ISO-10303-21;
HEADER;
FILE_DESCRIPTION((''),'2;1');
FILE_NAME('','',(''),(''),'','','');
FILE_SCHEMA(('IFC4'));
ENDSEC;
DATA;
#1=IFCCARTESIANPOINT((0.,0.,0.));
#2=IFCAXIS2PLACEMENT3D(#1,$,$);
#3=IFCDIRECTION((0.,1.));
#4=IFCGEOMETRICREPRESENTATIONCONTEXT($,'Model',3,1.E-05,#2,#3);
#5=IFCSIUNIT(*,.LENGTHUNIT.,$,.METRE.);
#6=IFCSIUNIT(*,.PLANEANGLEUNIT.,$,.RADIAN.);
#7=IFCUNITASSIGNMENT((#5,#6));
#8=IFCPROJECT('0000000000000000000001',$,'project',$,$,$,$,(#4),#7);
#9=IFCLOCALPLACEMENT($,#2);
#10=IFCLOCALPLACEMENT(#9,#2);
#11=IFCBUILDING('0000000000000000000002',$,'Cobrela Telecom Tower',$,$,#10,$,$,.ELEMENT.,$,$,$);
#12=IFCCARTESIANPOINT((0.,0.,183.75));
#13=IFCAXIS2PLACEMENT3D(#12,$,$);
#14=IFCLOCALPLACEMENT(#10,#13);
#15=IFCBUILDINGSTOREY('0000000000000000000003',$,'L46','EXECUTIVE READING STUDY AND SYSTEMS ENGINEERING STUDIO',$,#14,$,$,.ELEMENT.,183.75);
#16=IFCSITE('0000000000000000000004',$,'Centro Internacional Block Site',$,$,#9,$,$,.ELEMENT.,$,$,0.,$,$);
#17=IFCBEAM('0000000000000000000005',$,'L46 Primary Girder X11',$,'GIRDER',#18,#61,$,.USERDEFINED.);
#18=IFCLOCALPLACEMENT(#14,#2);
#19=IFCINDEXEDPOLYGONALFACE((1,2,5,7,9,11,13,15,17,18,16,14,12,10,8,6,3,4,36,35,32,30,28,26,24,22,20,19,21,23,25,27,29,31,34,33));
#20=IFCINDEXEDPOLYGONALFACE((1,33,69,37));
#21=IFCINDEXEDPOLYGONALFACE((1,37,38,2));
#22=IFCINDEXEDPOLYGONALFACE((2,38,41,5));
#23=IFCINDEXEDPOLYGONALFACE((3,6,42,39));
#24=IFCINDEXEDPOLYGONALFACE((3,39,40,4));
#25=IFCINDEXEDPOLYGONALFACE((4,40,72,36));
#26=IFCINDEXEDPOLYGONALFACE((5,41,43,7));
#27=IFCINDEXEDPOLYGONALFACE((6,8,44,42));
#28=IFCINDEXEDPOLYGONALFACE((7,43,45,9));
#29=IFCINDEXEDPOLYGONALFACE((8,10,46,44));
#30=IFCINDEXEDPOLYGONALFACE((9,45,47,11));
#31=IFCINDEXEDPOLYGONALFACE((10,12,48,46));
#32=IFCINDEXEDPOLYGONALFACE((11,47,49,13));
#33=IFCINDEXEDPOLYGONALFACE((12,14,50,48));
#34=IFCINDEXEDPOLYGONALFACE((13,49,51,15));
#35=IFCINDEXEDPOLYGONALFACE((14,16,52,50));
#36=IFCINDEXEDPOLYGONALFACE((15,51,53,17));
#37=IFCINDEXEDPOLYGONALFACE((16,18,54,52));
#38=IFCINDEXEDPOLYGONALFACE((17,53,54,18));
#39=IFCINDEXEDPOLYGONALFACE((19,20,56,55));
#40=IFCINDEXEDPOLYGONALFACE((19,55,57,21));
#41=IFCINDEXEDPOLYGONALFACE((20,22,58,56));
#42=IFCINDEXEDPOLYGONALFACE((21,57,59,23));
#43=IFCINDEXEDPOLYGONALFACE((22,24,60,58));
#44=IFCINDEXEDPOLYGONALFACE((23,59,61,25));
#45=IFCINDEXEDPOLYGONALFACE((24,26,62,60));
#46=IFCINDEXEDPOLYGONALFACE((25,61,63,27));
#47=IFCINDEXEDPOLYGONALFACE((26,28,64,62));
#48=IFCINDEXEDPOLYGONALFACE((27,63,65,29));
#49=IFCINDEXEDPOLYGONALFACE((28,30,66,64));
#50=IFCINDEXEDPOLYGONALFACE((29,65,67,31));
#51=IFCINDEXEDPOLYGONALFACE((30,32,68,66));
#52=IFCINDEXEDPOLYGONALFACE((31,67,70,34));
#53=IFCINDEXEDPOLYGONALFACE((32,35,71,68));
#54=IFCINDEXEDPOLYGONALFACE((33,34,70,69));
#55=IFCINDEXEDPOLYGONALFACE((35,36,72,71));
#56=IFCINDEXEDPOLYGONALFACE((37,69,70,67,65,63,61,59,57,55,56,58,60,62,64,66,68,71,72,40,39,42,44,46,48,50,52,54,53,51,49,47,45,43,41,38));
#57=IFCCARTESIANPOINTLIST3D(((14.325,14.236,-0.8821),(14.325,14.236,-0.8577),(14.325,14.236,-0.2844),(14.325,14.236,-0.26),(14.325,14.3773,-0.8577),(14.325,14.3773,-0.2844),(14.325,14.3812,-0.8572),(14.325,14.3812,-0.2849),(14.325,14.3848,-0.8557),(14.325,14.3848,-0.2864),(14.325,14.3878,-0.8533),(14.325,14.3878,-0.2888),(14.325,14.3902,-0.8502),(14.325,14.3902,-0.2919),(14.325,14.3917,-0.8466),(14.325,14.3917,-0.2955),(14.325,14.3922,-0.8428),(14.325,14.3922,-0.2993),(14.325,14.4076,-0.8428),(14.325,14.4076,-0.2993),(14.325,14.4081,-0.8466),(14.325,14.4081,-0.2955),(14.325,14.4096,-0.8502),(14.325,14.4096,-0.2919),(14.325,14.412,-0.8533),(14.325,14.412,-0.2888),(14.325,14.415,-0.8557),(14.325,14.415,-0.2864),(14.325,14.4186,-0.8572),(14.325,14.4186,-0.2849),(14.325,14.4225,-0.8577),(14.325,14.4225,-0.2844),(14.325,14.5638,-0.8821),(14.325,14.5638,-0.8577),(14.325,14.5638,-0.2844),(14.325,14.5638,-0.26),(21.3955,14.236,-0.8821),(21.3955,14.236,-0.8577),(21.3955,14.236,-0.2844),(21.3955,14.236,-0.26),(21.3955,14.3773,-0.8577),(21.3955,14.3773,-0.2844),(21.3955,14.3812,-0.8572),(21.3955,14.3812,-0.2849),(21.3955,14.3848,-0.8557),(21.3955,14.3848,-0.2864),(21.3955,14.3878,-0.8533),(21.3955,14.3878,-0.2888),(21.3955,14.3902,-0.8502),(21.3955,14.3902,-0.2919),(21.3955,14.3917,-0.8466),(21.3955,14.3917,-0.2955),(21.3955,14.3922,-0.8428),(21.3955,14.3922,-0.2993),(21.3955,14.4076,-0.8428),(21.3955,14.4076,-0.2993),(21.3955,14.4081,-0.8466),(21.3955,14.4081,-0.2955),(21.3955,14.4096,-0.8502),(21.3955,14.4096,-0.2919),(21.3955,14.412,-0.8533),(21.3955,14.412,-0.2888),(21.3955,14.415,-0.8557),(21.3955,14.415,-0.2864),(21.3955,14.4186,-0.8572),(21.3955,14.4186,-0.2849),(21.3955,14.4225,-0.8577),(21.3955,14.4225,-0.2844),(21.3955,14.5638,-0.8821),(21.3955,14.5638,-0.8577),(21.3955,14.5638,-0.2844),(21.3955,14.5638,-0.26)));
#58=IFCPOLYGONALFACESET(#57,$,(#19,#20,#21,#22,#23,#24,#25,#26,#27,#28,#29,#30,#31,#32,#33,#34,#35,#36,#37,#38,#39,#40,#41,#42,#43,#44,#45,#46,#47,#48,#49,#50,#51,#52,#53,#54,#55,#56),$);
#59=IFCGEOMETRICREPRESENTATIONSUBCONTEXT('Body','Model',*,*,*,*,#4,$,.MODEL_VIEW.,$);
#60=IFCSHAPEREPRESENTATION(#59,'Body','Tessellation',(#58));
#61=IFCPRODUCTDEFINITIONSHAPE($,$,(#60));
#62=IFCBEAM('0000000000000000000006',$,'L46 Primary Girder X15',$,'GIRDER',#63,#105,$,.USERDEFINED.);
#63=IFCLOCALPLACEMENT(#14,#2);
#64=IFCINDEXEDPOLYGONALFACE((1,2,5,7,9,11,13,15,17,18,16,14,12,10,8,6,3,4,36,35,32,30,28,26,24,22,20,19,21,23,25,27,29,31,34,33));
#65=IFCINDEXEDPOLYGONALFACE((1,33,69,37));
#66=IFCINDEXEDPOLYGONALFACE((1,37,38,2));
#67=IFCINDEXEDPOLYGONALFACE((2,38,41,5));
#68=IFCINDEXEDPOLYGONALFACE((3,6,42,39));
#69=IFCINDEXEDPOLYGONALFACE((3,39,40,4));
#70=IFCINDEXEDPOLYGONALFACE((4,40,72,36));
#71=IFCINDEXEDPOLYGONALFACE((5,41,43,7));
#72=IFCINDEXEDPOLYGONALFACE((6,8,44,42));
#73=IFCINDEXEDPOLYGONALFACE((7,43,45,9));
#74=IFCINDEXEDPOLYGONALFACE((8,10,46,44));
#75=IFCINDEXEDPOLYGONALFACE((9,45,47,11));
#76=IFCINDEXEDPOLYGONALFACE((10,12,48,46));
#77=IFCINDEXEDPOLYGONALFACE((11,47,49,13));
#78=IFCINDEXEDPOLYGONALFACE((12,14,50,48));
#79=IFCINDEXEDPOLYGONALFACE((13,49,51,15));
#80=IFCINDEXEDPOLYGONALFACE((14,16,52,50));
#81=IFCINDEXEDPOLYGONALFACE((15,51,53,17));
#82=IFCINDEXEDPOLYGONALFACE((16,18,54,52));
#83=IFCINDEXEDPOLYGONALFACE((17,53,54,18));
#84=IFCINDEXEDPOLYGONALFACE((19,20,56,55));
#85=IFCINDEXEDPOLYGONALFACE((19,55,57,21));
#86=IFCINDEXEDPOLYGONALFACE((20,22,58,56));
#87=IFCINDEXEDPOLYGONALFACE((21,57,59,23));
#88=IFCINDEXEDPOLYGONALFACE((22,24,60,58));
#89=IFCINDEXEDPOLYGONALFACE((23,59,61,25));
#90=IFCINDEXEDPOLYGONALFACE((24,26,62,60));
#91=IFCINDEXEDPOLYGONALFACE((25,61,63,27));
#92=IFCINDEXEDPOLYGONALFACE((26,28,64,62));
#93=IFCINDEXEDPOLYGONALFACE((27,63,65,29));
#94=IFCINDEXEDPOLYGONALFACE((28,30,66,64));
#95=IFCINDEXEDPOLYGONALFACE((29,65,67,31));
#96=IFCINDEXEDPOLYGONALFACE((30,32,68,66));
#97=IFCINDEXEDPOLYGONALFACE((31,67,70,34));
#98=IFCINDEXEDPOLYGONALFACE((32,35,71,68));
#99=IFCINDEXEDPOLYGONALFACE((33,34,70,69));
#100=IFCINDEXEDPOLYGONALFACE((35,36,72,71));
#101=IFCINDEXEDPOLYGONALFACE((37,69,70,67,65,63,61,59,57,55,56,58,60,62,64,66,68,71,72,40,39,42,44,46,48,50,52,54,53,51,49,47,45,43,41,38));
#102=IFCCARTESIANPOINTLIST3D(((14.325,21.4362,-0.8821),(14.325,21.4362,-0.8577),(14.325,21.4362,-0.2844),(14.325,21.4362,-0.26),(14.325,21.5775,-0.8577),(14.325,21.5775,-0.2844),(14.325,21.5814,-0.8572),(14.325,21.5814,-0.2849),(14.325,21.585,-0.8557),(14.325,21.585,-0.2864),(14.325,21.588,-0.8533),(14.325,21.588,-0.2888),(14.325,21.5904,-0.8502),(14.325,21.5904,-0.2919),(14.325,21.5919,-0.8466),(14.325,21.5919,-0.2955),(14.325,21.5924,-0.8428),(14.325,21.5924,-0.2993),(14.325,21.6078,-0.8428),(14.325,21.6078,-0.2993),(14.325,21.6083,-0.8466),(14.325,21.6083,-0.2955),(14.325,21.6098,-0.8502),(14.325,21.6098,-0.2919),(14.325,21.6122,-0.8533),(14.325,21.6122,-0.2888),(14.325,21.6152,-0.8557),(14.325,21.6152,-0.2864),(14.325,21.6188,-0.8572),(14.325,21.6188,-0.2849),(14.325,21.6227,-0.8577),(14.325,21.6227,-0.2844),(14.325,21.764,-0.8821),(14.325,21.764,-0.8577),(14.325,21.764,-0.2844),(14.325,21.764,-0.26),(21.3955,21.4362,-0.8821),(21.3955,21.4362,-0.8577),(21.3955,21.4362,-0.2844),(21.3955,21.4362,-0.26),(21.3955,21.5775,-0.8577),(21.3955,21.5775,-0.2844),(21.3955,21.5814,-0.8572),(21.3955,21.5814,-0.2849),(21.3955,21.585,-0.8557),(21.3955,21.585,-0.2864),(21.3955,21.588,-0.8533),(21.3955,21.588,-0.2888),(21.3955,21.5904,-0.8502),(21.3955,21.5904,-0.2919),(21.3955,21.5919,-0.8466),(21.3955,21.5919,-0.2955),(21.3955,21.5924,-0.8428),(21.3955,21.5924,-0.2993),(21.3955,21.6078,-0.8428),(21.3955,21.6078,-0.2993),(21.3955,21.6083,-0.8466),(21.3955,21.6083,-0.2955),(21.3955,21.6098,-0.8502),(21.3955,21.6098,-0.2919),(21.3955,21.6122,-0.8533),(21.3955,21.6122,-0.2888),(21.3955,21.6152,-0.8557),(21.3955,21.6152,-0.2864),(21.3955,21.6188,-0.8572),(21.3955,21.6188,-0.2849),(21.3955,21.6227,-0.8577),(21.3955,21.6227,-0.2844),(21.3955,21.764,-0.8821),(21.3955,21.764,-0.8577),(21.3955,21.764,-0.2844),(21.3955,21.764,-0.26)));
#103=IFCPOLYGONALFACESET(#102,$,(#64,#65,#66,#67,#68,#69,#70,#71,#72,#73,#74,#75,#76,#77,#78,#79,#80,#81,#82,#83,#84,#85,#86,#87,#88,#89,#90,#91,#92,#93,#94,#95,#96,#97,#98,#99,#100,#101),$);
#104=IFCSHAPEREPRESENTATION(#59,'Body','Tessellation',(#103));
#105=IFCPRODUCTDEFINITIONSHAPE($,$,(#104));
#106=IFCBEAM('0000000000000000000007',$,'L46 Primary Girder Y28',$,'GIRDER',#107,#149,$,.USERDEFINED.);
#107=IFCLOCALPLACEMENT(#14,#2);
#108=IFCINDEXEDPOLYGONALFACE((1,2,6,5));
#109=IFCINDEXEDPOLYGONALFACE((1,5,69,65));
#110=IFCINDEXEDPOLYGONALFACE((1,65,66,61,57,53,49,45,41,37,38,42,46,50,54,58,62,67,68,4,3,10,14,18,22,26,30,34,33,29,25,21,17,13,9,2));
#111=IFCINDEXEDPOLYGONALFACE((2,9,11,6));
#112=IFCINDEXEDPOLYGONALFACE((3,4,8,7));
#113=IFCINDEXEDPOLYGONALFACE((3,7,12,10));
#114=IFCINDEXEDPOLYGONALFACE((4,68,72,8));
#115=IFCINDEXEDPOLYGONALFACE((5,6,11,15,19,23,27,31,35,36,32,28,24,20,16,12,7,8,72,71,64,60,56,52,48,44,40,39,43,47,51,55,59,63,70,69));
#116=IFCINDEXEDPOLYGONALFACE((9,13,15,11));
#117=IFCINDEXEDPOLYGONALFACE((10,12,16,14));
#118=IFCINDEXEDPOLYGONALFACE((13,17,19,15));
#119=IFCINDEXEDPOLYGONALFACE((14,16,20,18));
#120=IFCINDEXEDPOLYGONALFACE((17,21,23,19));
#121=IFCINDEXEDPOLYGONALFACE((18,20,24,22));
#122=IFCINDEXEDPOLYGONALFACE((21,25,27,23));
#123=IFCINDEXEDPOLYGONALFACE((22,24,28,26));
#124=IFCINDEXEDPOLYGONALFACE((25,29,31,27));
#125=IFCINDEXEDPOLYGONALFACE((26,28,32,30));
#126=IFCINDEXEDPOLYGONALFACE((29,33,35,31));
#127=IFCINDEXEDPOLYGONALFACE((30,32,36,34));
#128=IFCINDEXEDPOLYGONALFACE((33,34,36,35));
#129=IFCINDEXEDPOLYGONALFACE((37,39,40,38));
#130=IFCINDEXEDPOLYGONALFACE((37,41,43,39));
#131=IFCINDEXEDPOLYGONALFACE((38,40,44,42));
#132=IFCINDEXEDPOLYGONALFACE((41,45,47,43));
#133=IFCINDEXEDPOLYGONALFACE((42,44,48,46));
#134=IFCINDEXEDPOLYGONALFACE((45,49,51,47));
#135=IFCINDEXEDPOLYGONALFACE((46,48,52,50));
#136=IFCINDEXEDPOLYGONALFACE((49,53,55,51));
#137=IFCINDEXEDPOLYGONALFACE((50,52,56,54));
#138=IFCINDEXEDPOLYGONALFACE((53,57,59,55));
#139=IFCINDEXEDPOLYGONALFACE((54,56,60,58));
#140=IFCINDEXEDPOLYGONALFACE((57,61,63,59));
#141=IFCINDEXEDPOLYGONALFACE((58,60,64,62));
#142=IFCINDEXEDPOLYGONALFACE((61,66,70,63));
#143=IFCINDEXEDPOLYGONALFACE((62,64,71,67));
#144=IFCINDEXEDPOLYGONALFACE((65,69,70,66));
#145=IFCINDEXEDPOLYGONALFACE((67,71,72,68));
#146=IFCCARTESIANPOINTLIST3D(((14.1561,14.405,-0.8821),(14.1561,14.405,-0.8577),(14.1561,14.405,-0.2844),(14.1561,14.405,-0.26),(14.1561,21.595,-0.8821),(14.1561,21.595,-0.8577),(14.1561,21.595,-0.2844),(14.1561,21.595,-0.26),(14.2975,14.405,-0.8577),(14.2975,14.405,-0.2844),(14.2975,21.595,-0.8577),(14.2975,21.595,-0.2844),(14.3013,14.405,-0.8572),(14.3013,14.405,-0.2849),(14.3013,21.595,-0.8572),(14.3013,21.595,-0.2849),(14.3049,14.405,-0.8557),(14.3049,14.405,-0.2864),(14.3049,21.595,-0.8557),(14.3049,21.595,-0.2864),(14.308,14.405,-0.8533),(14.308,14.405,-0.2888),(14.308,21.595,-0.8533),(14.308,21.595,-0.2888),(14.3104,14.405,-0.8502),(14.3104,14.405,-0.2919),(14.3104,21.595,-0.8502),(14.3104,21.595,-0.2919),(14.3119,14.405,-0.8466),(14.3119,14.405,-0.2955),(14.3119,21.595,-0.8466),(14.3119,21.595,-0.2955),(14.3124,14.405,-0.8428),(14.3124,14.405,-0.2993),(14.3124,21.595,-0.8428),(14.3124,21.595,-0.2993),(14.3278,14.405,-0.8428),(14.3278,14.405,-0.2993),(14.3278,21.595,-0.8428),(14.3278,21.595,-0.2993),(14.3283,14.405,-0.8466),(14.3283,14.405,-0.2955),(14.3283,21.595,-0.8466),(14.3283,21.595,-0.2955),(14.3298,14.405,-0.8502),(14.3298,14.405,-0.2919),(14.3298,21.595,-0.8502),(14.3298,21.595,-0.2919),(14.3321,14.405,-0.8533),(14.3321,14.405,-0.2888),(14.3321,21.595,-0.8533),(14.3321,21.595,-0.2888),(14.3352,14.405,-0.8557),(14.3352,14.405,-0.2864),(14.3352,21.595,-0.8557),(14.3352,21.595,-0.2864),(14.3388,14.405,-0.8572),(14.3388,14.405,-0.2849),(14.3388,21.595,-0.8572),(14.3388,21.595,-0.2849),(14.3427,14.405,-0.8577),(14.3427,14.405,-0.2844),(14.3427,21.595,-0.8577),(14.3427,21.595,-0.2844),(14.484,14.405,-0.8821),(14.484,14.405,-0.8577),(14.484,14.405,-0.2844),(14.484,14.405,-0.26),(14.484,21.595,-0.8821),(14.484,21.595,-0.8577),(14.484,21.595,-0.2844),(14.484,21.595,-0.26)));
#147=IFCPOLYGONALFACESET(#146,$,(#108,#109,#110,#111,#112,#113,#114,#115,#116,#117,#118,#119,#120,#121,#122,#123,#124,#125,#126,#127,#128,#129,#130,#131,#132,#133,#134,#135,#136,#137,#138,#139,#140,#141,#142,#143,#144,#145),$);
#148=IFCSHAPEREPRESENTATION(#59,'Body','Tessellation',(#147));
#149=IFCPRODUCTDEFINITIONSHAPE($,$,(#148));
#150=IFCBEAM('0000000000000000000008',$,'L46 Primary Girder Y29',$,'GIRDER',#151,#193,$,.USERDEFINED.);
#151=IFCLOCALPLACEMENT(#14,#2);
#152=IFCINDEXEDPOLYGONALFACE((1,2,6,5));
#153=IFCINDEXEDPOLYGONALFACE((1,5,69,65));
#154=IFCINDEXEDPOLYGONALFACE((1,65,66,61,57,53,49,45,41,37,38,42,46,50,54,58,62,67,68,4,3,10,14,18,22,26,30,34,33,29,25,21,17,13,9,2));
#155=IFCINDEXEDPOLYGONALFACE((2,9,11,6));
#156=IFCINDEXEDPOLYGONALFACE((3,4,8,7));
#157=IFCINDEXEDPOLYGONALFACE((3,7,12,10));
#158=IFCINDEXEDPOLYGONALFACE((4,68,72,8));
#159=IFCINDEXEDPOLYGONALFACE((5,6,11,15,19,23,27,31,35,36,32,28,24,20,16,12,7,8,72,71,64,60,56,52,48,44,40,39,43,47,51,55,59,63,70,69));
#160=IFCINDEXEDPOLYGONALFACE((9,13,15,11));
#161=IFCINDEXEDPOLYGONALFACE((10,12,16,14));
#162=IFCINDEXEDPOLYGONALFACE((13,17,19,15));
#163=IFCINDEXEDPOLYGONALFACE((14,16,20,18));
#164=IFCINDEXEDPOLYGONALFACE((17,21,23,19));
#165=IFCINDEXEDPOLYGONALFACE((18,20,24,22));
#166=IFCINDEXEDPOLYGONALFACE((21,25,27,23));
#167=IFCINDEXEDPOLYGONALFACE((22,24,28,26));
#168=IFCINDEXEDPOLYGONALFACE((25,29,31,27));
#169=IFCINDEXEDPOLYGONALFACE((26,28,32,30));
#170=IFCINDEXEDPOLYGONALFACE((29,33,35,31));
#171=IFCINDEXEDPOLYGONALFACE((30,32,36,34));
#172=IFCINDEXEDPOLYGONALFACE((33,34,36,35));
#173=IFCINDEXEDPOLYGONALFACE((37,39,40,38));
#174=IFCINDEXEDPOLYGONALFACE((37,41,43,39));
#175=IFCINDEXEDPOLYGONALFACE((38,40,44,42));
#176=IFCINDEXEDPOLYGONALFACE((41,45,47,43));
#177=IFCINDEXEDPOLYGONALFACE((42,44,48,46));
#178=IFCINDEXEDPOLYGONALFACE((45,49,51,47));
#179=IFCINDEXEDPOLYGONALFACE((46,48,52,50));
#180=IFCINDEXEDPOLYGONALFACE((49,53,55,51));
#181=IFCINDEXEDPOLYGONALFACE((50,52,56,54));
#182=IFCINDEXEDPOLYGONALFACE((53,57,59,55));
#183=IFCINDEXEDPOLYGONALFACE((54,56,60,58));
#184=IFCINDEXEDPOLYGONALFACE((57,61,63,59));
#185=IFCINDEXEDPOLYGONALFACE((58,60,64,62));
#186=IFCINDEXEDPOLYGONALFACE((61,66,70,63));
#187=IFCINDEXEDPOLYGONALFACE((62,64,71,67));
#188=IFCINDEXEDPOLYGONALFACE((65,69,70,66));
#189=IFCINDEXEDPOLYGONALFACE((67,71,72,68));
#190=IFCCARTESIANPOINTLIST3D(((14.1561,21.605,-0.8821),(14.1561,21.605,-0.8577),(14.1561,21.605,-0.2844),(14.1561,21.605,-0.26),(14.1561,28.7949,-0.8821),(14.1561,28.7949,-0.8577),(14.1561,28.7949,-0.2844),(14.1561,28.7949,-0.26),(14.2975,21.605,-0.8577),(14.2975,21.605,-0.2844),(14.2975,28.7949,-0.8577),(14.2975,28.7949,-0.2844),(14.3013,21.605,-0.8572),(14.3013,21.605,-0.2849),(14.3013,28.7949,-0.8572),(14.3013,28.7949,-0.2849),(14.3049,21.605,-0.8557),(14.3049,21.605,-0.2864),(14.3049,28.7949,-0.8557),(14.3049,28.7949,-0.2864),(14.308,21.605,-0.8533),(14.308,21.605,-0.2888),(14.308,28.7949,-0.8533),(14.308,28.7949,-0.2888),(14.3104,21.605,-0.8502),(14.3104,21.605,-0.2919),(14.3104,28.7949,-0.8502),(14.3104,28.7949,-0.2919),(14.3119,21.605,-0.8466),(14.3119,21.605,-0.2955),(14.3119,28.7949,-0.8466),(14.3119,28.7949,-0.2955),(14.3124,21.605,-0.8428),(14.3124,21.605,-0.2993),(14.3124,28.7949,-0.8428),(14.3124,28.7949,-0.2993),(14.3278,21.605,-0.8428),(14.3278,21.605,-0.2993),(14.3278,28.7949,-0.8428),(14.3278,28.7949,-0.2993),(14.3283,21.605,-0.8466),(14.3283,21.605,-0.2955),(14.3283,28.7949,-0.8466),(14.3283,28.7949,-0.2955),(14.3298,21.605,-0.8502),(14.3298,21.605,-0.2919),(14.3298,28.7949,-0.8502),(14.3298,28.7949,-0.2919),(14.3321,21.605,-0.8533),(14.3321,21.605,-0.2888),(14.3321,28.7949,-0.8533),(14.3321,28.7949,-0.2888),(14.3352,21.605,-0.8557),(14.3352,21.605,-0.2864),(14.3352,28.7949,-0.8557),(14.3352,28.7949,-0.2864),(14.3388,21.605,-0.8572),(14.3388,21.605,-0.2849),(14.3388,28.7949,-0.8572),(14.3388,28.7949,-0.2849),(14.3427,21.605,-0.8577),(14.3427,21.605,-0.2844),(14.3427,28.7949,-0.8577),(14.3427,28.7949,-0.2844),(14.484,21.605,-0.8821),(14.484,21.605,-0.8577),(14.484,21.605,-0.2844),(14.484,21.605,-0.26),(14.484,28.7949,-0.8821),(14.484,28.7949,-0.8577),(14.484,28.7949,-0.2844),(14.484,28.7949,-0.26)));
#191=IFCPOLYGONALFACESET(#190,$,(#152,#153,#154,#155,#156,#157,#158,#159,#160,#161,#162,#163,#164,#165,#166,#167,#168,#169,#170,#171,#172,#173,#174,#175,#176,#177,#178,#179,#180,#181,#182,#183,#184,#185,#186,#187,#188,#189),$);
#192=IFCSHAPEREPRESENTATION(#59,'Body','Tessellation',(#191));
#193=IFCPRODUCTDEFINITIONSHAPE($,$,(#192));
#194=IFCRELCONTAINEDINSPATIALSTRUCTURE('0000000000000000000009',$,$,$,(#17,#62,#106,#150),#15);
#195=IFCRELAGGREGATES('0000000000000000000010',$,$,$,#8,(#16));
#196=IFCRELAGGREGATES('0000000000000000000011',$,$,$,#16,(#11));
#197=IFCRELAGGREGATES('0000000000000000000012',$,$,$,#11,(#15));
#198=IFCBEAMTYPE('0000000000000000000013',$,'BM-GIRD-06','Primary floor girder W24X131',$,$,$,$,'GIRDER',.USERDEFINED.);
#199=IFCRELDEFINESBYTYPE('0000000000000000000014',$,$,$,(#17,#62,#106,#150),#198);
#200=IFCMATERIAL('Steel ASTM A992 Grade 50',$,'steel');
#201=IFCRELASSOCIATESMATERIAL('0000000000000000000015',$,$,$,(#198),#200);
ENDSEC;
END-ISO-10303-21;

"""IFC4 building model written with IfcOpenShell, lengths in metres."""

from ifc_helpers import new_model, si_unit, direction, frame, origin, origin_2d, place, context, subcontext, project, spatial, i_section, extrude, material, material_profile, profile_set, type_object, element, save


model = new_model("IFC4")

# Units and contexts
model_context = context("Model", 3, precision=1e-05, world=origin(), true_north=direction((0.0, 1.0)))
body_context = subcontext(model_context, "Body", "Model", "MODEL_VIEW")
ifc_project = project(units=[si_unit("LENGTHUNIT", "METRE"), si_unit("PLANEANGLEUNIT", "RADIAN")], contexts=[model_context])

# Site, building, storey
site_placement = place(None, origin())
site = spatial("IfcSite", under=ifc_project, at=site_placement, Name="Centro Internacional Block Site", CompositionType="ELEMENT", RefElevation=0.0)
building_placement = place(site_placement, origin())
building = spatial("IfcBuilding", under=site, at=building_placement, Name="Cobrela Telecom Tower", CompositionType="ELEMENT")
storey_placement = place(building_placement, frame((0.0, 0.0, 183.75)))
storey = spatial("IfcBuildingStorey", under=building, at=storey_placement, Name="L46", Description="EXECUTIVE READING STUDY AND SYSTEMS ENGINEERING STUDIO", CompositionType="ELEMENT", Elevation=183.75)

# Beams
ifc_material_1 = material(Name="Steel ASTM A992 Grade 50", Category="steel")
ifc_material_profile_1 = material_profile(ifc_material_1, i_section(OverallWidth=0.3279, OverallDepth=0.6221, WebThickness=0.0154, FlangeThickness=0.0244, FilletRadius=0.0149, at=origin_2d()), Name="W24X131")
ifc_profile_set_1 = profile_set([ifc_material_profile_1], Name="Steel ASTM A992 Grade 50")
beam_type_1 = type_object("IfcBeamType", Name="BM-GIRD-06", Description="Primary floor girder W24X131", ElementType="GIRDER", PredefinedType="USERDEFINED", material=ifc_profile_set_1)
for number, where, z_axis, x_axis, name in (
    (1, (14.325, 14.3999, -0.571), (1.0, 0.0, 0.0), (0.0, 1.0, 0.0), "L46 Primary Girder X11"),
    (2, (14.325, 21.6001, -0.571), (1.0, 0.0, 0.0), (0.0, 1.0, 0.0), "L46 Primary Girder X15"),
):
    element("IfcBeam", number, at=place(storey_placement, frame(where, z_axis=z_axis, x_axis=x_axis)), inside=storey, type_object=beam_type_1, Name=name, ObjectType="GIRDER", PredefinedType="USERDEFINED", context=body_context, shape_type="SweptSolid", body=[
        extrude(i_section(OverallWidth=0.3279, OverallDepth=0.6221, WebThickness=0.0154, FlangeThickness=0.0244, FilletRadius=0.0149, at=origin_2d()), origin(), (0.0, 0.0, 1.0), 7.0706),
    ])
for number, where, z_axis, x_axis, name in (
    (3, (14.3201, 14.405, -0.571), (0.0, 1.0, 0.0), (-1.0, 0.0, 0.0), "L46 Primary Girder Y28"),
    (4, (14.3201, 21.605, -0.571), (0.0, 1.0, 0.0), (-1.0, 0.0, 0.0), "L46 Primary Girder Y29"),
):
    element("IfcBeam", number, at=place(storey_placement, frame(where, z_axis=z_axis, x_axis=x_axis)), inside=storey, type_object=beam_type_1, Name=name, ObjectType="GIRDER", PredefinedType="USERDEFINED", context=body_context, shape_type="SweptSolid", body=[
        extrude(i_section(OverallWidth=0.3279, OverallDepth=0.6221, WebThickness=0.0154, FlangeThickness=0.0244, FilletRadius=0.0149, at=origin_2d()), origin(), (0.0, 0.0, 1.0), 7.1899),
    ])

save(model, "model.ifc")
